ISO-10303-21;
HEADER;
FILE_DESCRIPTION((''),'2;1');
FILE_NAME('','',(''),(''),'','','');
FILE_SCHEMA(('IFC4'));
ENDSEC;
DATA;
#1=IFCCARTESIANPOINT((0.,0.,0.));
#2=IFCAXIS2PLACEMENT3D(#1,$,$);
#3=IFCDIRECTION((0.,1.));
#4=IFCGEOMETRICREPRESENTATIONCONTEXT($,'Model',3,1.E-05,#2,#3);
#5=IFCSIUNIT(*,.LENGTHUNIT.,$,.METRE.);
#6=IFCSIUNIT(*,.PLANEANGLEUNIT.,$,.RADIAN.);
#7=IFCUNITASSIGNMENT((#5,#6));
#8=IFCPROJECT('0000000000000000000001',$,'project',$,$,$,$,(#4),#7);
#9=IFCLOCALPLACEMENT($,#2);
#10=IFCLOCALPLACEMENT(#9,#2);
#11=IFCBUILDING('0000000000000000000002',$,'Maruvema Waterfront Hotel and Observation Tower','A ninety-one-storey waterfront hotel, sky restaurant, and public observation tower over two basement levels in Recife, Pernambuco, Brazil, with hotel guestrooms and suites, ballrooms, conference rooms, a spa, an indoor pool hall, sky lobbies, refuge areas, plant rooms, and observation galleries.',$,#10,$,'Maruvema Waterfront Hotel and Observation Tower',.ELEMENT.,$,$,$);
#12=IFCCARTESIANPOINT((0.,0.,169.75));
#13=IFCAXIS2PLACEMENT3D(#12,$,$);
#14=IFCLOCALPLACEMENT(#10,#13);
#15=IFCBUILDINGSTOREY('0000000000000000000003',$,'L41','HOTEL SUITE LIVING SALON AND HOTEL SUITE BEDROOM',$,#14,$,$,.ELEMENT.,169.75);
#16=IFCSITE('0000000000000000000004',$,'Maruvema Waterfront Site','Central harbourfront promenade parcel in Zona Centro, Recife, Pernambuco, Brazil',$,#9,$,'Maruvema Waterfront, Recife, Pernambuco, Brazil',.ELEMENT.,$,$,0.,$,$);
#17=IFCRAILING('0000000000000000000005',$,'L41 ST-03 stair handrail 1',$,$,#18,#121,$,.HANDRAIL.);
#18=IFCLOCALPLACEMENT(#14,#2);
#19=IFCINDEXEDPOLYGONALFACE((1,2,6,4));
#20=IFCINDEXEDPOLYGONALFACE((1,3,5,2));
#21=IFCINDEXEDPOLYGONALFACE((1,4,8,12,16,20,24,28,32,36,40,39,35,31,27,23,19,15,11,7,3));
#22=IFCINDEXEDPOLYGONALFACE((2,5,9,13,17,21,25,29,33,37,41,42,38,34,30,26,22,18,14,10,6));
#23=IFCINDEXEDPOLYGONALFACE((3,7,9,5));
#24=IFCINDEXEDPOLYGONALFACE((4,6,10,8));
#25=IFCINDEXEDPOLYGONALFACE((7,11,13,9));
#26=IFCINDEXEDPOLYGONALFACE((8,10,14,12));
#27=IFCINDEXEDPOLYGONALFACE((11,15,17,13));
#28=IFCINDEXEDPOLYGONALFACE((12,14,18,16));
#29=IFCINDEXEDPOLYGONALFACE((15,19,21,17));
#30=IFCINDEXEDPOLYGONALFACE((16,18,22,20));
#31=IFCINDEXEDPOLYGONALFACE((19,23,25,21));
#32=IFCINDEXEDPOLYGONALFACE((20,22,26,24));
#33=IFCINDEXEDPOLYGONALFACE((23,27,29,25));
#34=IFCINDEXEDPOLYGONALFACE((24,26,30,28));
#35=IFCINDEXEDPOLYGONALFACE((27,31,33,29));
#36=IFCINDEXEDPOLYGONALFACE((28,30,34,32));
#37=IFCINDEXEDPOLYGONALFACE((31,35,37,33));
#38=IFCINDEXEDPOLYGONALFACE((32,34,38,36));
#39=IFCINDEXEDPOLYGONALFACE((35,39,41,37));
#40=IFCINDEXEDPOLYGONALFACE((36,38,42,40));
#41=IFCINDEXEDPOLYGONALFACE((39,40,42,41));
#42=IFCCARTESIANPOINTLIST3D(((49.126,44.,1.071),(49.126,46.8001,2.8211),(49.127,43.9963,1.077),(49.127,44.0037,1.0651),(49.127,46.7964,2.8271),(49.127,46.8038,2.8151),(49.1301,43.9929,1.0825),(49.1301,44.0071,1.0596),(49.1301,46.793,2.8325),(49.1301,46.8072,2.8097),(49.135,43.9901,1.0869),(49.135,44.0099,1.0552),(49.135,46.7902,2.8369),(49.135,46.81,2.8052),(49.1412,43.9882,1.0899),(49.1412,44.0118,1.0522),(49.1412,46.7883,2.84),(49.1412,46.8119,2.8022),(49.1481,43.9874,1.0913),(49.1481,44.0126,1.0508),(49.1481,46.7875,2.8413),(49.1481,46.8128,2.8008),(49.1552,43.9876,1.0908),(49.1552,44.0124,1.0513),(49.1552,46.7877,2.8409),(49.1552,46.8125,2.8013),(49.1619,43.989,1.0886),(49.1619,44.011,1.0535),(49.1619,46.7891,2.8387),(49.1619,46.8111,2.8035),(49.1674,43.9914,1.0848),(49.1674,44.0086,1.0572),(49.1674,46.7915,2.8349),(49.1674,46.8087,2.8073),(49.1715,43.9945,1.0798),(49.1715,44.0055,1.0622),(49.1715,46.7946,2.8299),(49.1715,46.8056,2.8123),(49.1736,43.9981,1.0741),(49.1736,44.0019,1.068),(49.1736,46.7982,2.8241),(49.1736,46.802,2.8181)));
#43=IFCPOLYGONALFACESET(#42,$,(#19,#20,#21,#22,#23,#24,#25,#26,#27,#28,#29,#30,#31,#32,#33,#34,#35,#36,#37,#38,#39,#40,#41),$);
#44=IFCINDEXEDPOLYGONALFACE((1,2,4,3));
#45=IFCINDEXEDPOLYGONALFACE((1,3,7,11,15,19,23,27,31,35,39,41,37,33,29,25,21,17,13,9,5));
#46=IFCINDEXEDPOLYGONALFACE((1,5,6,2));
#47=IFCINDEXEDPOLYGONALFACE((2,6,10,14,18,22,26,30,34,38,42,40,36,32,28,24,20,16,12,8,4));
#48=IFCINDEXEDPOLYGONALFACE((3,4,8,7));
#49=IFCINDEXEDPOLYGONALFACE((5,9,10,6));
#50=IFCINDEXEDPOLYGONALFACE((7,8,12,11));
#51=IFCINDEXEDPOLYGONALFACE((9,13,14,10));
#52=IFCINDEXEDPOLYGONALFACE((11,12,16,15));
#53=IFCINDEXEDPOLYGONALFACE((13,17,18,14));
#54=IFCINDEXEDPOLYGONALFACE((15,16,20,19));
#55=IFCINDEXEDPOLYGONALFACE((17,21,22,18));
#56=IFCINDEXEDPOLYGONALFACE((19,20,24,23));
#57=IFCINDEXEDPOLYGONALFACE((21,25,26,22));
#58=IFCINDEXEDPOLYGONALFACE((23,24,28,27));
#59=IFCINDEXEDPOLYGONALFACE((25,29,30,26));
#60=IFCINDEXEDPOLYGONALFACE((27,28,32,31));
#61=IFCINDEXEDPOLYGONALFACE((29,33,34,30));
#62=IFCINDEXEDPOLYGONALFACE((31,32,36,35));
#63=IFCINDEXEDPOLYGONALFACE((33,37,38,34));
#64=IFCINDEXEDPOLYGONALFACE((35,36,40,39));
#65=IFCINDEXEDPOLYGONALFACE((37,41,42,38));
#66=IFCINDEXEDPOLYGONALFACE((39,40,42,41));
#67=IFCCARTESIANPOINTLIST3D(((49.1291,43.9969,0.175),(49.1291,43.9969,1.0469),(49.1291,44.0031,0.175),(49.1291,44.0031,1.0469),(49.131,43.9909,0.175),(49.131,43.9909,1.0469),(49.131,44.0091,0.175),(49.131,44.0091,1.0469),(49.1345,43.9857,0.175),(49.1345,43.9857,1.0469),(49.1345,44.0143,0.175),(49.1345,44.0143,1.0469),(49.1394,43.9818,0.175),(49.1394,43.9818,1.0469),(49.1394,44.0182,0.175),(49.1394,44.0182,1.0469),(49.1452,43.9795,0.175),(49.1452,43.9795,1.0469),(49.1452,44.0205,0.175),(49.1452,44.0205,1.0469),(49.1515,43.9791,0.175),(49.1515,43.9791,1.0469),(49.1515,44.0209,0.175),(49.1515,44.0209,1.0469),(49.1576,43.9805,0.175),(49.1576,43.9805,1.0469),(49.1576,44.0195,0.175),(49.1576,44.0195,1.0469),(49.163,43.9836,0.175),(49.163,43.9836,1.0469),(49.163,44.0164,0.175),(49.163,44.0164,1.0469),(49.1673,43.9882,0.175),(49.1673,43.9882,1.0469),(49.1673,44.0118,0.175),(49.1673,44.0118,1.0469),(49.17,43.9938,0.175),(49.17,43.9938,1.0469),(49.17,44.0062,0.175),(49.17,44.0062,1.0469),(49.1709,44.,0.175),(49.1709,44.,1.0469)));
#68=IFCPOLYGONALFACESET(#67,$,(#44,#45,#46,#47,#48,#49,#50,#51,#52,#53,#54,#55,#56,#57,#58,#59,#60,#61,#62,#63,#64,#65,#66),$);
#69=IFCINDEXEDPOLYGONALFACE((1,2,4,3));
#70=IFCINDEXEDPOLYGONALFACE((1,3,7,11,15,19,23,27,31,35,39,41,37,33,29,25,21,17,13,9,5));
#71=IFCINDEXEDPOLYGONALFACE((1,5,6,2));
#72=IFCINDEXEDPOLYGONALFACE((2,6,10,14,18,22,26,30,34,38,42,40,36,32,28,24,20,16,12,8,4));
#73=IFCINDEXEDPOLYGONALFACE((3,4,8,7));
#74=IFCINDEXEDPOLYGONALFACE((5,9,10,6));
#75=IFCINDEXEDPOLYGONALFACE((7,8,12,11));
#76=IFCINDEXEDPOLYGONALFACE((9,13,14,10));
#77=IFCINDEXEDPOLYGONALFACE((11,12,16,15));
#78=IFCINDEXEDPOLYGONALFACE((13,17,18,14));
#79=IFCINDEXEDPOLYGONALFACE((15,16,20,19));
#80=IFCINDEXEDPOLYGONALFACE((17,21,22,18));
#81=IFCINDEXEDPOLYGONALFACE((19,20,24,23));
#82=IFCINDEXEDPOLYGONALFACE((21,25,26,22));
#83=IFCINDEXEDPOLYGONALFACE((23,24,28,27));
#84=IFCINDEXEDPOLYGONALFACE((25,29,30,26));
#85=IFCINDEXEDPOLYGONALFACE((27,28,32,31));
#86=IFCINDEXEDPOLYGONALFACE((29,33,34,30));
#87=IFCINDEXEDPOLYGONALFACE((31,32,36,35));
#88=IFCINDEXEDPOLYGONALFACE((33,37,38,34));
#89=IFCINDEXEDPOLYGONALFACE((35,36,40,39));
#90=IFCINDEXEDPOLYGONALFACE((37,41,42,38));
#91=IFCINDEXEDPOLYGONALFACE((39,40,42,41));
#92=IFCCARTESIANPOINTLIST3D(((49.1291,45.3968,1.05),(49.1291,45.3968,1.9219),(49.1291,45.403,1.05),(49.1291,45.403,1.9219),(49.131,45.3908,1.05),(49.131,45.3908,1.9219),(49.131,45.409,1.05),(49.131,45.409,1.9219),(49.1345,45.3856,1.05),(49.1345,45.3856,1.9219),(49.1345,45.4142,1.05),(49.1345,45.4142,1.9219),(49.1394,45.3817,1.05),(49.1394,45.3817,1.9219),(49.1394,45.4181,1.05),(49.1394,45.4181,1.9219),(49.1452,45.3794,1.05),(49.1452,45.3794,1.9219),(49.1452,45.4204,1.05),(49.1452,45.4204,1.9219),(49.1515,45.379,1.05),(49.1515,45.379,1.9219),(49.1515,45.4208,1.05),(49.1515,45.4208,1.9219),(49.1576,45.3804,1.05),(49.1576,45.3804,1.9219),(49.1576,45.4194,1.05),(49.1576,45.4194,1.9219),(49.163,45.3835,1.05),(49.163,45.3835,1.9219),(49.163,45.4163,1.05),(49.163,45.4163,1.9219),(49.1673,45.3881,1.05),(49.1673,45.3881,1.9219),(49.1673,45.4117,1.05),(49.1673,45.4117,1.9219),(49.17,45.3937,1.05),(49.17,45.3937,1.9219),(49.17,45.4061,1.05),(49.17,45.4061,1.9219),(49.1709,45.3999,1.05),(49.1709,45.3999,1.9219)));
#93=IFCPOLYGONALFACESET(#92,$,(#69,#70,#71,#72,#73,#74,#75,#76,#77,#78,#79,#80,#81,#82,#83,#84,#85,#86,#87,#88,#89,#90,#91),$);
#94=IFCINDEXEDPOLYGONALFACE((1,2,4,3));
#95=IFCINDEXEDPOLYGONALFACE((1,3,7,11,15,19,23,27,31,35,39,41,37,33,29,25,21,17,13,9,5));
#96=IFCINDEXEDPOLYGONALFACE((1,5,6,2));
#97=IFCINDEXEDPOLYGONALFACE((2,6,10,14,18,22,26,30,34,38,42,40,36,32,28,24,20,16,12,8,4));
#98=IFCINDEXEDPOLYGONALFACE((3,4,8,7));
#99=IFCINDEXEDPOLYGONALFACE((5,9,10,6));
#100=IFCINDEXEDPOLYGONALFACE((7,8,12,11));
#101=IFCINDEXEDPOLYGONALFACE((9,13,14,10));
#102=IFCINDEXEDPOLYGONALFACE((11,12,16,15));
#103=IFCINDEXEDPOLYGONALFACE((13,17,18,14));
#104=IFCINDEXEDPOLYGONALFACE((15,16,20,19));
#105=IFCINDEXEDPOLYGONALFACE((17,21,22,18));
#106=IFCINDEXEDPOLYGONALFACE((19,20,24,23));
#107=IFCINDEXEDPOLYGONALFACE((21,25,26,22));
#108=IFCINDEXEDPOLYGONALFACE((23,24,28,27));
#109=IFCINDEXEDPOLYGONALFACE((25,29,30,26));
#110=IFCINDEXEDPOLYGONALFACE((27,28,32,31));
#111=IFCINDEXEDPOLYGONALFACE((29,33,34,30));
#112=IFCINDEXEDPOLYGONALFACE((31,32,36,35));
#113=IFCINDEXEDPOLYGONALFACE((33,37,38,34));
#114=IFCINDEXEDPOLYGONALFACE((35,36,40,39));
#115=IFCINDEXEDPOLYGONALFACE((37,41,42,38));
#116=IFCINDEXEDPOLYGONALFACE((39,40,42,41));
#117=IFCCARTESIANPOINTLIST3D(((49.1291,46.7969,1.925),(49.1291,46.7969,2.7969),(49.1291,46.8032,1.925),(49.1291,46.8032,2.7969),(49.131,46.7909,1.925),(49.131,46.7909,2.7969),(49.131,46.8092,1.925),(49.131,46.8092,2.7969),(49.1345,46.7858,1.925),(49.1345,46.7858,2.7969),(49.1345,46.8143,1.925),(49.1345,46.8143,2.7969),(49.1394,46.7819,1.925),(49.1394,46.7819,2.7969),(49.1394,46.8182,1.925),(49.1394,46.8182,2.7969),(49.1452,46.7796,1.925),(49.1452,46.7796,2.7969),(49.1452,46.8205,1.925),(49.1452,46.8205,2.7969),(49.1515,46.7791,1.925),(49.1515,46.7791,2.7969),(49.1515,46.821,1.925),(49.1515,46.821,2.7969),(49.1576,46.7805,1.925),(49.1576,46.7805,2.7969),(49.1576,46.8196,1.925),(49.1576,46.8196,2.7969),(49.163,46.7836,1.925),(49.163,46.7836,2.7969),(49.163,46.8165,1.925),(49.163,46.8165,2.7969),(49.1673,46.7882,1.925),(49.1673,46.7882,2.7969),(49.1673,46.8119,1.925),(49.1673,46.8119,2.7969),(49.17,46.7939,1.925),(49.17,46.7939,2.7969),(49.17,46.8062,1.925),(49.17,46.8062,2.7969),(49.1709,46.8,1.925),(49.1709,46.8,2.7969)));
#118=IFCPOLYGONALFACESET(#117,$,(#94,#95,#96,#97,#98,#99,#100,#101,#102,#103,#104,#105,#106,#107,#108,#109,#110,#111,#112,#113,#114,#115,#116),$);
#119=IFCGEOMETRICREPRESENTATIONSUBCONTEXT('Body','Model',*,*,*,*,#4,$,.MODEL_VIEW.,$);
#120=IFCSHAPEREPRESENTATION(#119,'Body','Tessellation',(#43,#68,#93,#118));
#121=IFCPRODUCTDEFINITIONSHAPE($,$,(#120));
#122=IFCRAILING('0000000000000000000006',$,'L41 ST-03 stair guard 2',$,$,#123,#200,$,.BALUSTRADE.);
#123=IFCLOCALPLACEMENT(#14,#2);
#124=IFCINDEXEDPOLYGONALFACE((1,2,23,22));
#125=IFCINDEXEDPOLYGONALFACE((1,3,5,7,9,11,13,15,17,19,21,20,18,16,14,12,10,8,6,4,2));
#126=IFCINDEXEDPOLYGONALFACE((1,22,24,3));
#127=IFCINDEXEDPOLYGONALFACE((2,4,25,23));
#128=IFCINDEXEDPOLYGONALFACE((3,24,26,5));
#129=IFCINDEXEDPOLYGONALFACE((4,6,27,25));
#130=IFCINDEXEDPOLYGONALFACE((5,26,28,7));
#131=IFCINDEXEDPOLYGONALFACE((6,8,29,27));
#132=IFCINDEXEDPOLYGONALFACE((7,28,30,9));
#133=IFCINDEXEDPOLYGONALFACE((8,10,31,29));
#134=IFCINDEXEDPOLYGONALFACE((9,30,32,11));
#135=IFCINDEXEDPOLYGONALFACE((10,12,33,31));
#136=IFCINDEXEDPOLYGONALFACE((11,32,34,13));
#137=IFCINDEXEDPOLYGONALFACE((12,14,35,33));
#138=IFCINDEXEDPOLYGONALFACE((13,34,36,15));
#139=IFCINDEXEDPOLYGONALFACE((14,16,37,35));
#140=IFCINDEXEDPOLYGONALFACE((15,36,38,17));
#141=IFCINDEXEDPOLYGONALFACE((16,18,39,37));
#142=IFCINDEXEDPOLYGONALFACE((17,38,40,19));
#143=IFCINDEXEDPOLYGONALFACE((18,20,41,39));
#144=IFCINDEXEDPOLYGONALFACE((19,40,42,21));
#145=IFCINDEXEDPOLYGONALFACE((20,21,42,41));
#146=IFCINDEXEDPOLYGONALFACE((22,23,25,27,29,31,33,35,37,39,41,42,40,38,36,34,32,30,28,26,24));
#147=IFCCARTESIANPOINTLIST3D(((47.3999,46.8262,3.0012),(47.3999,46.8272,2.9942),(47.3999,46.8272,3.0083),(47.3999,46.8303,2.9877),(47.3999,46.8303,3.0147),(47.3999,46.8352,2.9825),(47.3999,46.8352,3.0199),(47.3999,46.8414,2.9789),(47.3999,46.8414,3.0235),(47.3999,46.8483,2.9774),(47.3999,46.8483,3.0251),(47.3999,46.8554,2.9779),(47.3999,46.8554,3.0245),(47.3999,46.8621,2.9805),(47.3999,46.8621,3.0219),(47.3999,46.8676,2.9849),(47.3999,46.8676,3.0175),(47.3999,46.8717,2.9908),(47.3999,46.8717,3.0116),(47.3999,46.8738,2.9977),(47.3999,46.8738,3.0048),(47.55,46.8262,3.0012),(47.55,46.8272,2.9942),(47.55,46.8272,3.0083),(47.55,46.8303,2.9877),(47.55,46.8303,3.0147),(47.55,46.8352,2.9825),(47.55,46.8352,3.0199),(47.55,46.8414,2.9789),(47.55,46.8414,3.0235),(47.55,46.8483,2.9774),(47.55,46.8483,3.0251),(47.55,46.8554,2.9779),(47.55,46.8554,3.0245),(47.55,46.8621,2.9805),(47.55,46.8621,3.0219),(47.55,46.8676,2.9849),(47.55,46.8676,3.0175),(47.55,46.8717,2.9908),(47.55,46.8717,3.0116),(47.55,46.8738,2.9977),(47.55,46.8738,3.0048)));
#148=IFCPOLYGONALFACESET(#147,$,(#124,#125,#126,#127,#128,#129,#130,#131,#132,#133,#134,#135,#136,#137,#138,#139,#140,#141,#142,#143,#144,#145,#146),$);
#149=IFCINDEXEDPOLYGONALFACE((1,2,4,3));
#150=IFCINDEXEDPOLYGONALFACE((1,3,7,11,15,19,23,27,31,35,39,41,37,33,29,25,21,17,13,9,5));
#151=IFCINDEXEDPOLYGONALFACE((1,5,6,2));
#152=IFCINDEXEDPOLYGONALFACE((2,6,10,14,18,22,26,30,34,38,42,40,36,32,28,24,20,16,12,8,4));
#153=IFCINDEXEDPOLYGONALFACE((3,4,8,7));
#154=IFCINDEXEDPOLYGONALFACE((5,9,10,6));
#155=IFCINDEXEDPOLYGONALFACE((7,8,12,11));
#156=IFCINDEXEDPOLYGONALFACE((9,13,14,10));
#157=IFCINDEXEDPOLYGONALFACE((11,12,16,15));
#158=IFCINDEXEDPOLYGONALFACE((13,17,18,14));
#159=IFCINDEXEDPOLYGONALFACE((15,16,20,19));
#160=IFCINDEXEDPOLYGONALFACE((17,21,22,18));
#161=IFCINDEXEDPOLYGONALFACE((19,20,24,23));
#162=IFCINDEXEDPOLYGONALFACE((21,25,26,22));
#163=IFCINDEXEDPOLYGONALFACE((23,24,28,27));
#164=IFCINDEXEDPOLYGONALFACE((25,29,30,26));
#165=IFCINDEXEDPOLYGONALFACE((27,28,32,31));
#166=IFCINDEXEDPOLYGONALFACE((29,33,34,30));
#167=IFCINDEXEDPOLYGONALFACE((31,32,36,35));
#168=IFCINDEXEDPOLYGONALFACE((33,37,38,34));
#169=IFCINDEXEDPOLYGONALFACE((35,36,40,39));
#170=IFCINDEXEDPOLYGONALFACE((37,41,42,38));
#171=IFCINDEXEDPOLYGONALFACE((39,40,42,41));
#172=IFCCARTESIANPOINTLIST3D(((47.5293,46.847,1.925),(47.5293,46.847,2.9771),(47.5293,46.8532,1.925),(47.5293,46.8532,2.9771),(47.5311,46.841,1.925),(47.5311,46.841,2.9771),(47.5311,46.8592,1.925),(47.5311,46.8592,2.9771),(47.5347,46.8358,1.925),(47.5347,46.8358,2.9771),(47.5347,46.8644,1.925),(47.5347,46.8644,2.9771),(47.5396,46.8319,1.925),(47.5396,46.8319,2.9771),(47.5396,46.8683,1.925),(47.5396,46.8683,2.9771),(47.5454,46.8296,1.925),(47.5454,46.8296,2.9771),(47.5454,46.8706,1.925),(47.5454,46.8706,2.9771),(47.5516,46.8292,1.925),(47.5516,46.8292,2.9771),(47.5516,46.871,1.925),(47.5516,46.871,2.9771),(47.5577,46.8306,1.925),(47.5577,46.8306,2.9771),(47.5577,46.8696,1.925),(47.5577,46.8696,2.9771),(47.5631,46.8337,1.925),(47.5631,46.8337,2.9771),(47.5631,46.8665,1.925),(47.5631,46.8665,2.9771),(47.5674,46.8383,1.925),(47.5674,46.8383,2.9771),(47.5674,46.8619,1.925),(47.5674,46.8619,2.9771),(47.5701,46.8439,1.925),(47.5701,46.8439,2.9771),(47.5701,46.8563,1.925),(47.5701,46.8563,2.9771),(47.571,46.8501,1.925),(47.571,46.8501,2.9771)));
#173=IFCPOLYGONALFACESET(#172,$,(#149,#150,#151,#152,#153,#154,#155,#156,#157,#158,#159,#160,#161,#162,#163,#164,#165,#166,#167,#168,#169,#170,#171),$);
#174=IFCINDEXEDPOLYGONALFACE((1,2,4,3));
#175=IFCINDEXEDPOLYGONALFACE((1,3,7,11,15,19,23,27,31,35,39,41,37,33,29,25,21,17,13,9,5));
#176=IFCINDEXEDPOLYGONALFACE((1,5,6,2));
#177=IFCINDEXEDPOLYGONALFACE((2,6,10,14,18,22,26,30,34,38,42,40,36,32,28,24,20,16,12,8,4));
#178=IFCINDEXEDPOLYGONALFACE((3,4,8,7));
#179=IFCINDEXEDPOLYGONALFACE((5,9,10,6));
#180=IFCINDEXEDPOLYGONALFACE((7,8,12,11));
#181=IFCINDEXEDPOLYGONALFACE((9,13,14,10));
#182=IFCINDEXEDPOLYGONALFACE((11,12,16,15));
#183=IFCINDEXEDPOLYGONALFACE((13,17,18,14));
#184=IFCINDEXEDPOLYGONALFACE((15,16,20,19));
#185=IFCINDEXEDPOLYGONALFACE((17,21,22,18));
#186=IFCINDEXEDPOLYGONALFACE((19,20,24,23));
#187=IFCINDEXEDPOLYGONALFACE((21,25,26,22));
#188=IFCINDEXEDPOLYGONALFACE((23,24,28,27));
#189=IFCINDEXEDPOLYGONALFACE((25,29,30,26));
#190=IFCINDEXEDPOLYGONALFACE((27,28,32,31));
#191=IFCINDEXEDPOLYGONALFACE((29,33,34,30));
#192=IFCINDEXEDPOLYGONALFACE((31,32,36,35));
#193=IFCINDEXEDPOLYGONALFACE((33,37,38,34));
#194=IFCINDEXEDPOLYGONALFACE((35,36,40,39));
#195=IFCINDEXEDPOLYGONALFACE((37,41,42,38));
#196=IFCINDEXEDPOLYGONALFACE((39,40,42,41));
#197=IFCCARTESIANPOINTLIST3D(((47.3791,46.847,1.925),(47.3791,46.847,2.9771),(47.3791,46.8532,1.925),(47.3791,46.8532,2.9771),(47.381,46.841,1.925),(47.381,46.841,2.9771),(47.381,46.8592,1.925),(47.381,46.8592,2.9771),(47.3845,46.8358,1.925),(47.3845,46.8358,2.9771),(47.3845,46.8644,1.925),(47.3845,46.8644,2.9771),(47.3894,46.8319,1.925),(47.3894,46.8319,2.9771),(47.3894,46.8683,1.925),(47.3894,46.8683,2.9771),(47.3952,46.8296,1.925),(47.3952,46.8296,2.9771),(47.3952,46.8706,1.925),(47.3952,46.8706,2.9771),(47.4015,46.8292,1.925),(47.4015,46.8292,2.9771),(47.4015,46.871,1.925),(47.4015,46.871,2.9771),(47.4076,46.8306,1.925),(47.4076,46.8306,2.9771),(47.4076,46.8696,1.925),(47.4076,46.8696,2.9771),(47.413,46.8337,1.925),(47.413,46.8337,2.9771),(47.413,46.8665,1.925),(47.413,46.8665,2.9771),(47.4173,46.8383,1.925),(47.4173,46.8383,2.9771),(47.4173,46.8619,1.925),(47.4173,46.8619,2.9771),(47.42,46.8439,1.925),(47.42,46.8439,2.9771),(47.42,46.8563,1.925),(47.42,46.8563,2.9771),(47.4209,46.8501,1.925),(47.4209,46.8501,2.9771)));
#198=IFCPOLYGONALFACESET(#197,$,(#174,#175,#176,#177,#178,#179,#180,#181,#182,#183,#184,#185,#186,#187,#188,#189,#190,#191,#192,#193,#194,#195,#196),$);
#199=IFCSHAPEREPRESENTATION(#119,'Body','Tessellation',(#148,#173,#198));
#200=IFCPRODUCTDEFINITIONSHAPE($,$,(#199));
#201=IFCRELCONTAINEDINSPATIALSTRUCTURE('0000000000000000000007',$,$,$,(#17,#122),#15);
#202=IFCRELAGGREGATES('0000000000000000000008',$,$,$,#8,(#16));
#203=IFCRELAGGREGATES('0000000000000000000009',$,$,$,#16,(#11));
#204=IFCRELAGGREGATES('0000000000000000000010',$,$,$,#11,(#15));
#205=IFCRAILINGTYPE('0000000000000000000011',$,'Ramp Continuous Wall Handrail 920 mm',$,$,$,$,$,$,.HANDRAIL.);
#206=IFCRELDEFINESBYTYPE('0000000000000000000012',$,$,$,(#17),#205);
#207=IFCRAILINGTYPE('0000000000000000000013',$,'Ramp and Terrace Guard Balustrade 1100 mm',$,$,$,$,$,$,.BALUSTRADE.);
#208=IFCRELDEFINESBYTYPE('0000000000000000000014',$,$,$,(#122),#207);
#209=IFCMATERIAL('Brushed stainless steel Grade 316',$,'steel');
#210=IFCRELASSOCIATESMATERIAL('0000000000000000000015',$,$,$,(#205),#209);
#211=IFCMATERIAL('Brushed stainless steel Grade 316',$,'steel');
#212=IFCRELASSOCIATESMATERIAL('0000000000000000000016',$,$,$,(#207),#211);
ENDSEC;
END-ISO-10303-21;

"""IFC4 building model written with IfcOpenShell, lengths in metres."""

from ifc_helpers import new_model, si_unit, direction, frame, origin, origin_2d, place, context, subcontext, project, spatial, circle, extrude, material, type_object, element, save


model = new_model("IFC4")

# Units and contexts
model_context = context("Model", 3, precision=1e-05, world=origin(), true_north=direction((0.0, 1.0)))
body_context = subcontext(model_context, "Body", "Model", "MODEL_VIEW")
ifc_project = project(units=[si_unit("LENGTHUNIT", "METRE"), si_unit("PLANEANGLEUNIT", "RADIAN")], contexts=[model_context])

# Site, building, storey
site_placement = place(None, origin())
site = spatial("IfcSite", under=ifc_project, at=site_placement, Name="Maruvema Waterfront Site", Description="Central harbourfront promenade parcel in Zona Centro, Recife, Pernambuco, Brazil", LongName="Maruvema Waterfront, Recife, Pernambuco, Brazil", CompositionType="ELEMENT", RefElevation=0.0)
building_placement = place(site_placement, origin())
building = spatial("IfcBuilding", under=site, at=building_placement, Name="Maruvema Waterfront Hotel and Observation Tower", Description="A ninety-one-storey waterfront hotel, sky restaurant, and public observation tower over two basement levels in Recife, Pernambuco, Brazil, with hotel guestrooms and suites, ballrooms, conference rooms, a spa, an indoor pool hall, sky lobbies, refuge areas, plant rooms, and observation galleries.", LongName="Maruvema Waterfront Hotel and Observation Tower", CompositionType="ELEMENT")
storey_placement = place(building_placement, frame((0.0, 0.0, 169.75)))
storey = spatial("IfcBuildingStorey", under=building, at=storey_placement, Name="L41", Description="HOTEL SUITE LIVING SALON AND HOTEL SUITE BEDROOM", CompositionType="ELEMENT", Elevation=169.75)

# Railings
ifc_material_1 = material(Name="Brushed stainless steel Grade 316", Category="steel")
railing_type_1 = type_object("IfcRailingType", Name="Ramp Continuous Wall Handrail 920 mm", PredefinedType="HANDRAIL", material=ifc_material_1)
railing_1_placement = place(storey_placement, frame((49.1499, 44.0, 0.175)))
element("IfcRailing", 1, at=railing_1_placement, inside=storey, type_object=railing_type_1, Name="L41 ST-03 stair handrail 1", PredefinedType="HANDRAIL", context=body_context, shape_type="SweptSolid", body=[
    extrude(circle(Radius=0.0239, at=origin_2d()), frame((0.0, 0.0, 0.896), z_axis=(0.0, 0.848002, 0.529992), x_axis=(-1.0, 0.0, 0.0)), (0.0, 0.0, 1.0), 3.302),
    extrude(circle(Radius=0.021, at=origin_2d()), origin(), (0.0, 0.0, 1.0), 0.8718),
    extrude(circle(Radius=0.021, at=origin_2d()), frame((0.0, 1.3999, 0.875)), (0.0, 0.0, 1.0), 0.8718),
    extrude(circle(Radius=0.021, at=origin_2d()), frame((0.0, 2.8, 1.75)), (0.0, 0.0, 1.0), 0.8718),
])
ifc_material_2 = material(Name="Brushed stainless steel Grade 316", Category="steel")
railing_type_2 = type_object("IfcRailingType", Name="Ramp and Terrace Guard Balustrade 1100 mm", PredefinedType="BALUSTRADE", material=ifc_material_2)
railing_2_placement = place(storey_placement, frame((47.55, 46.8501, 1.925)))
element("IfcRailing", 2, at=railing_2_placement, inside=storey, type_object=railing_type_2, Name="L41 ST-03 stair guard 2", PredefinedType="BALUSTRADE", context=body_context, shape_type="SweptSolid", body=[
    extrude(circle(Radius=0.0239, at=origin_2d()), frame((0.0, 0.0, 1.0762), z_axis=(-1.0, 0.0, 0.0), x_axis=(0.0, -1.0, 0.0)), (0.0, 0.0, 1.0), 0.1501),
    extrude(circle(Radius=0.021, at=origin_2d()), origin(), (0.0, 0.0, 1.0), 1.052),
    extrude(circle(Radius=0.021, at=origin_2d()), frame((-0.1501, 0.0, 0.0)), (0.0, 0.0, 1.0), 1.052),
])

save(model, "model.ifc")
